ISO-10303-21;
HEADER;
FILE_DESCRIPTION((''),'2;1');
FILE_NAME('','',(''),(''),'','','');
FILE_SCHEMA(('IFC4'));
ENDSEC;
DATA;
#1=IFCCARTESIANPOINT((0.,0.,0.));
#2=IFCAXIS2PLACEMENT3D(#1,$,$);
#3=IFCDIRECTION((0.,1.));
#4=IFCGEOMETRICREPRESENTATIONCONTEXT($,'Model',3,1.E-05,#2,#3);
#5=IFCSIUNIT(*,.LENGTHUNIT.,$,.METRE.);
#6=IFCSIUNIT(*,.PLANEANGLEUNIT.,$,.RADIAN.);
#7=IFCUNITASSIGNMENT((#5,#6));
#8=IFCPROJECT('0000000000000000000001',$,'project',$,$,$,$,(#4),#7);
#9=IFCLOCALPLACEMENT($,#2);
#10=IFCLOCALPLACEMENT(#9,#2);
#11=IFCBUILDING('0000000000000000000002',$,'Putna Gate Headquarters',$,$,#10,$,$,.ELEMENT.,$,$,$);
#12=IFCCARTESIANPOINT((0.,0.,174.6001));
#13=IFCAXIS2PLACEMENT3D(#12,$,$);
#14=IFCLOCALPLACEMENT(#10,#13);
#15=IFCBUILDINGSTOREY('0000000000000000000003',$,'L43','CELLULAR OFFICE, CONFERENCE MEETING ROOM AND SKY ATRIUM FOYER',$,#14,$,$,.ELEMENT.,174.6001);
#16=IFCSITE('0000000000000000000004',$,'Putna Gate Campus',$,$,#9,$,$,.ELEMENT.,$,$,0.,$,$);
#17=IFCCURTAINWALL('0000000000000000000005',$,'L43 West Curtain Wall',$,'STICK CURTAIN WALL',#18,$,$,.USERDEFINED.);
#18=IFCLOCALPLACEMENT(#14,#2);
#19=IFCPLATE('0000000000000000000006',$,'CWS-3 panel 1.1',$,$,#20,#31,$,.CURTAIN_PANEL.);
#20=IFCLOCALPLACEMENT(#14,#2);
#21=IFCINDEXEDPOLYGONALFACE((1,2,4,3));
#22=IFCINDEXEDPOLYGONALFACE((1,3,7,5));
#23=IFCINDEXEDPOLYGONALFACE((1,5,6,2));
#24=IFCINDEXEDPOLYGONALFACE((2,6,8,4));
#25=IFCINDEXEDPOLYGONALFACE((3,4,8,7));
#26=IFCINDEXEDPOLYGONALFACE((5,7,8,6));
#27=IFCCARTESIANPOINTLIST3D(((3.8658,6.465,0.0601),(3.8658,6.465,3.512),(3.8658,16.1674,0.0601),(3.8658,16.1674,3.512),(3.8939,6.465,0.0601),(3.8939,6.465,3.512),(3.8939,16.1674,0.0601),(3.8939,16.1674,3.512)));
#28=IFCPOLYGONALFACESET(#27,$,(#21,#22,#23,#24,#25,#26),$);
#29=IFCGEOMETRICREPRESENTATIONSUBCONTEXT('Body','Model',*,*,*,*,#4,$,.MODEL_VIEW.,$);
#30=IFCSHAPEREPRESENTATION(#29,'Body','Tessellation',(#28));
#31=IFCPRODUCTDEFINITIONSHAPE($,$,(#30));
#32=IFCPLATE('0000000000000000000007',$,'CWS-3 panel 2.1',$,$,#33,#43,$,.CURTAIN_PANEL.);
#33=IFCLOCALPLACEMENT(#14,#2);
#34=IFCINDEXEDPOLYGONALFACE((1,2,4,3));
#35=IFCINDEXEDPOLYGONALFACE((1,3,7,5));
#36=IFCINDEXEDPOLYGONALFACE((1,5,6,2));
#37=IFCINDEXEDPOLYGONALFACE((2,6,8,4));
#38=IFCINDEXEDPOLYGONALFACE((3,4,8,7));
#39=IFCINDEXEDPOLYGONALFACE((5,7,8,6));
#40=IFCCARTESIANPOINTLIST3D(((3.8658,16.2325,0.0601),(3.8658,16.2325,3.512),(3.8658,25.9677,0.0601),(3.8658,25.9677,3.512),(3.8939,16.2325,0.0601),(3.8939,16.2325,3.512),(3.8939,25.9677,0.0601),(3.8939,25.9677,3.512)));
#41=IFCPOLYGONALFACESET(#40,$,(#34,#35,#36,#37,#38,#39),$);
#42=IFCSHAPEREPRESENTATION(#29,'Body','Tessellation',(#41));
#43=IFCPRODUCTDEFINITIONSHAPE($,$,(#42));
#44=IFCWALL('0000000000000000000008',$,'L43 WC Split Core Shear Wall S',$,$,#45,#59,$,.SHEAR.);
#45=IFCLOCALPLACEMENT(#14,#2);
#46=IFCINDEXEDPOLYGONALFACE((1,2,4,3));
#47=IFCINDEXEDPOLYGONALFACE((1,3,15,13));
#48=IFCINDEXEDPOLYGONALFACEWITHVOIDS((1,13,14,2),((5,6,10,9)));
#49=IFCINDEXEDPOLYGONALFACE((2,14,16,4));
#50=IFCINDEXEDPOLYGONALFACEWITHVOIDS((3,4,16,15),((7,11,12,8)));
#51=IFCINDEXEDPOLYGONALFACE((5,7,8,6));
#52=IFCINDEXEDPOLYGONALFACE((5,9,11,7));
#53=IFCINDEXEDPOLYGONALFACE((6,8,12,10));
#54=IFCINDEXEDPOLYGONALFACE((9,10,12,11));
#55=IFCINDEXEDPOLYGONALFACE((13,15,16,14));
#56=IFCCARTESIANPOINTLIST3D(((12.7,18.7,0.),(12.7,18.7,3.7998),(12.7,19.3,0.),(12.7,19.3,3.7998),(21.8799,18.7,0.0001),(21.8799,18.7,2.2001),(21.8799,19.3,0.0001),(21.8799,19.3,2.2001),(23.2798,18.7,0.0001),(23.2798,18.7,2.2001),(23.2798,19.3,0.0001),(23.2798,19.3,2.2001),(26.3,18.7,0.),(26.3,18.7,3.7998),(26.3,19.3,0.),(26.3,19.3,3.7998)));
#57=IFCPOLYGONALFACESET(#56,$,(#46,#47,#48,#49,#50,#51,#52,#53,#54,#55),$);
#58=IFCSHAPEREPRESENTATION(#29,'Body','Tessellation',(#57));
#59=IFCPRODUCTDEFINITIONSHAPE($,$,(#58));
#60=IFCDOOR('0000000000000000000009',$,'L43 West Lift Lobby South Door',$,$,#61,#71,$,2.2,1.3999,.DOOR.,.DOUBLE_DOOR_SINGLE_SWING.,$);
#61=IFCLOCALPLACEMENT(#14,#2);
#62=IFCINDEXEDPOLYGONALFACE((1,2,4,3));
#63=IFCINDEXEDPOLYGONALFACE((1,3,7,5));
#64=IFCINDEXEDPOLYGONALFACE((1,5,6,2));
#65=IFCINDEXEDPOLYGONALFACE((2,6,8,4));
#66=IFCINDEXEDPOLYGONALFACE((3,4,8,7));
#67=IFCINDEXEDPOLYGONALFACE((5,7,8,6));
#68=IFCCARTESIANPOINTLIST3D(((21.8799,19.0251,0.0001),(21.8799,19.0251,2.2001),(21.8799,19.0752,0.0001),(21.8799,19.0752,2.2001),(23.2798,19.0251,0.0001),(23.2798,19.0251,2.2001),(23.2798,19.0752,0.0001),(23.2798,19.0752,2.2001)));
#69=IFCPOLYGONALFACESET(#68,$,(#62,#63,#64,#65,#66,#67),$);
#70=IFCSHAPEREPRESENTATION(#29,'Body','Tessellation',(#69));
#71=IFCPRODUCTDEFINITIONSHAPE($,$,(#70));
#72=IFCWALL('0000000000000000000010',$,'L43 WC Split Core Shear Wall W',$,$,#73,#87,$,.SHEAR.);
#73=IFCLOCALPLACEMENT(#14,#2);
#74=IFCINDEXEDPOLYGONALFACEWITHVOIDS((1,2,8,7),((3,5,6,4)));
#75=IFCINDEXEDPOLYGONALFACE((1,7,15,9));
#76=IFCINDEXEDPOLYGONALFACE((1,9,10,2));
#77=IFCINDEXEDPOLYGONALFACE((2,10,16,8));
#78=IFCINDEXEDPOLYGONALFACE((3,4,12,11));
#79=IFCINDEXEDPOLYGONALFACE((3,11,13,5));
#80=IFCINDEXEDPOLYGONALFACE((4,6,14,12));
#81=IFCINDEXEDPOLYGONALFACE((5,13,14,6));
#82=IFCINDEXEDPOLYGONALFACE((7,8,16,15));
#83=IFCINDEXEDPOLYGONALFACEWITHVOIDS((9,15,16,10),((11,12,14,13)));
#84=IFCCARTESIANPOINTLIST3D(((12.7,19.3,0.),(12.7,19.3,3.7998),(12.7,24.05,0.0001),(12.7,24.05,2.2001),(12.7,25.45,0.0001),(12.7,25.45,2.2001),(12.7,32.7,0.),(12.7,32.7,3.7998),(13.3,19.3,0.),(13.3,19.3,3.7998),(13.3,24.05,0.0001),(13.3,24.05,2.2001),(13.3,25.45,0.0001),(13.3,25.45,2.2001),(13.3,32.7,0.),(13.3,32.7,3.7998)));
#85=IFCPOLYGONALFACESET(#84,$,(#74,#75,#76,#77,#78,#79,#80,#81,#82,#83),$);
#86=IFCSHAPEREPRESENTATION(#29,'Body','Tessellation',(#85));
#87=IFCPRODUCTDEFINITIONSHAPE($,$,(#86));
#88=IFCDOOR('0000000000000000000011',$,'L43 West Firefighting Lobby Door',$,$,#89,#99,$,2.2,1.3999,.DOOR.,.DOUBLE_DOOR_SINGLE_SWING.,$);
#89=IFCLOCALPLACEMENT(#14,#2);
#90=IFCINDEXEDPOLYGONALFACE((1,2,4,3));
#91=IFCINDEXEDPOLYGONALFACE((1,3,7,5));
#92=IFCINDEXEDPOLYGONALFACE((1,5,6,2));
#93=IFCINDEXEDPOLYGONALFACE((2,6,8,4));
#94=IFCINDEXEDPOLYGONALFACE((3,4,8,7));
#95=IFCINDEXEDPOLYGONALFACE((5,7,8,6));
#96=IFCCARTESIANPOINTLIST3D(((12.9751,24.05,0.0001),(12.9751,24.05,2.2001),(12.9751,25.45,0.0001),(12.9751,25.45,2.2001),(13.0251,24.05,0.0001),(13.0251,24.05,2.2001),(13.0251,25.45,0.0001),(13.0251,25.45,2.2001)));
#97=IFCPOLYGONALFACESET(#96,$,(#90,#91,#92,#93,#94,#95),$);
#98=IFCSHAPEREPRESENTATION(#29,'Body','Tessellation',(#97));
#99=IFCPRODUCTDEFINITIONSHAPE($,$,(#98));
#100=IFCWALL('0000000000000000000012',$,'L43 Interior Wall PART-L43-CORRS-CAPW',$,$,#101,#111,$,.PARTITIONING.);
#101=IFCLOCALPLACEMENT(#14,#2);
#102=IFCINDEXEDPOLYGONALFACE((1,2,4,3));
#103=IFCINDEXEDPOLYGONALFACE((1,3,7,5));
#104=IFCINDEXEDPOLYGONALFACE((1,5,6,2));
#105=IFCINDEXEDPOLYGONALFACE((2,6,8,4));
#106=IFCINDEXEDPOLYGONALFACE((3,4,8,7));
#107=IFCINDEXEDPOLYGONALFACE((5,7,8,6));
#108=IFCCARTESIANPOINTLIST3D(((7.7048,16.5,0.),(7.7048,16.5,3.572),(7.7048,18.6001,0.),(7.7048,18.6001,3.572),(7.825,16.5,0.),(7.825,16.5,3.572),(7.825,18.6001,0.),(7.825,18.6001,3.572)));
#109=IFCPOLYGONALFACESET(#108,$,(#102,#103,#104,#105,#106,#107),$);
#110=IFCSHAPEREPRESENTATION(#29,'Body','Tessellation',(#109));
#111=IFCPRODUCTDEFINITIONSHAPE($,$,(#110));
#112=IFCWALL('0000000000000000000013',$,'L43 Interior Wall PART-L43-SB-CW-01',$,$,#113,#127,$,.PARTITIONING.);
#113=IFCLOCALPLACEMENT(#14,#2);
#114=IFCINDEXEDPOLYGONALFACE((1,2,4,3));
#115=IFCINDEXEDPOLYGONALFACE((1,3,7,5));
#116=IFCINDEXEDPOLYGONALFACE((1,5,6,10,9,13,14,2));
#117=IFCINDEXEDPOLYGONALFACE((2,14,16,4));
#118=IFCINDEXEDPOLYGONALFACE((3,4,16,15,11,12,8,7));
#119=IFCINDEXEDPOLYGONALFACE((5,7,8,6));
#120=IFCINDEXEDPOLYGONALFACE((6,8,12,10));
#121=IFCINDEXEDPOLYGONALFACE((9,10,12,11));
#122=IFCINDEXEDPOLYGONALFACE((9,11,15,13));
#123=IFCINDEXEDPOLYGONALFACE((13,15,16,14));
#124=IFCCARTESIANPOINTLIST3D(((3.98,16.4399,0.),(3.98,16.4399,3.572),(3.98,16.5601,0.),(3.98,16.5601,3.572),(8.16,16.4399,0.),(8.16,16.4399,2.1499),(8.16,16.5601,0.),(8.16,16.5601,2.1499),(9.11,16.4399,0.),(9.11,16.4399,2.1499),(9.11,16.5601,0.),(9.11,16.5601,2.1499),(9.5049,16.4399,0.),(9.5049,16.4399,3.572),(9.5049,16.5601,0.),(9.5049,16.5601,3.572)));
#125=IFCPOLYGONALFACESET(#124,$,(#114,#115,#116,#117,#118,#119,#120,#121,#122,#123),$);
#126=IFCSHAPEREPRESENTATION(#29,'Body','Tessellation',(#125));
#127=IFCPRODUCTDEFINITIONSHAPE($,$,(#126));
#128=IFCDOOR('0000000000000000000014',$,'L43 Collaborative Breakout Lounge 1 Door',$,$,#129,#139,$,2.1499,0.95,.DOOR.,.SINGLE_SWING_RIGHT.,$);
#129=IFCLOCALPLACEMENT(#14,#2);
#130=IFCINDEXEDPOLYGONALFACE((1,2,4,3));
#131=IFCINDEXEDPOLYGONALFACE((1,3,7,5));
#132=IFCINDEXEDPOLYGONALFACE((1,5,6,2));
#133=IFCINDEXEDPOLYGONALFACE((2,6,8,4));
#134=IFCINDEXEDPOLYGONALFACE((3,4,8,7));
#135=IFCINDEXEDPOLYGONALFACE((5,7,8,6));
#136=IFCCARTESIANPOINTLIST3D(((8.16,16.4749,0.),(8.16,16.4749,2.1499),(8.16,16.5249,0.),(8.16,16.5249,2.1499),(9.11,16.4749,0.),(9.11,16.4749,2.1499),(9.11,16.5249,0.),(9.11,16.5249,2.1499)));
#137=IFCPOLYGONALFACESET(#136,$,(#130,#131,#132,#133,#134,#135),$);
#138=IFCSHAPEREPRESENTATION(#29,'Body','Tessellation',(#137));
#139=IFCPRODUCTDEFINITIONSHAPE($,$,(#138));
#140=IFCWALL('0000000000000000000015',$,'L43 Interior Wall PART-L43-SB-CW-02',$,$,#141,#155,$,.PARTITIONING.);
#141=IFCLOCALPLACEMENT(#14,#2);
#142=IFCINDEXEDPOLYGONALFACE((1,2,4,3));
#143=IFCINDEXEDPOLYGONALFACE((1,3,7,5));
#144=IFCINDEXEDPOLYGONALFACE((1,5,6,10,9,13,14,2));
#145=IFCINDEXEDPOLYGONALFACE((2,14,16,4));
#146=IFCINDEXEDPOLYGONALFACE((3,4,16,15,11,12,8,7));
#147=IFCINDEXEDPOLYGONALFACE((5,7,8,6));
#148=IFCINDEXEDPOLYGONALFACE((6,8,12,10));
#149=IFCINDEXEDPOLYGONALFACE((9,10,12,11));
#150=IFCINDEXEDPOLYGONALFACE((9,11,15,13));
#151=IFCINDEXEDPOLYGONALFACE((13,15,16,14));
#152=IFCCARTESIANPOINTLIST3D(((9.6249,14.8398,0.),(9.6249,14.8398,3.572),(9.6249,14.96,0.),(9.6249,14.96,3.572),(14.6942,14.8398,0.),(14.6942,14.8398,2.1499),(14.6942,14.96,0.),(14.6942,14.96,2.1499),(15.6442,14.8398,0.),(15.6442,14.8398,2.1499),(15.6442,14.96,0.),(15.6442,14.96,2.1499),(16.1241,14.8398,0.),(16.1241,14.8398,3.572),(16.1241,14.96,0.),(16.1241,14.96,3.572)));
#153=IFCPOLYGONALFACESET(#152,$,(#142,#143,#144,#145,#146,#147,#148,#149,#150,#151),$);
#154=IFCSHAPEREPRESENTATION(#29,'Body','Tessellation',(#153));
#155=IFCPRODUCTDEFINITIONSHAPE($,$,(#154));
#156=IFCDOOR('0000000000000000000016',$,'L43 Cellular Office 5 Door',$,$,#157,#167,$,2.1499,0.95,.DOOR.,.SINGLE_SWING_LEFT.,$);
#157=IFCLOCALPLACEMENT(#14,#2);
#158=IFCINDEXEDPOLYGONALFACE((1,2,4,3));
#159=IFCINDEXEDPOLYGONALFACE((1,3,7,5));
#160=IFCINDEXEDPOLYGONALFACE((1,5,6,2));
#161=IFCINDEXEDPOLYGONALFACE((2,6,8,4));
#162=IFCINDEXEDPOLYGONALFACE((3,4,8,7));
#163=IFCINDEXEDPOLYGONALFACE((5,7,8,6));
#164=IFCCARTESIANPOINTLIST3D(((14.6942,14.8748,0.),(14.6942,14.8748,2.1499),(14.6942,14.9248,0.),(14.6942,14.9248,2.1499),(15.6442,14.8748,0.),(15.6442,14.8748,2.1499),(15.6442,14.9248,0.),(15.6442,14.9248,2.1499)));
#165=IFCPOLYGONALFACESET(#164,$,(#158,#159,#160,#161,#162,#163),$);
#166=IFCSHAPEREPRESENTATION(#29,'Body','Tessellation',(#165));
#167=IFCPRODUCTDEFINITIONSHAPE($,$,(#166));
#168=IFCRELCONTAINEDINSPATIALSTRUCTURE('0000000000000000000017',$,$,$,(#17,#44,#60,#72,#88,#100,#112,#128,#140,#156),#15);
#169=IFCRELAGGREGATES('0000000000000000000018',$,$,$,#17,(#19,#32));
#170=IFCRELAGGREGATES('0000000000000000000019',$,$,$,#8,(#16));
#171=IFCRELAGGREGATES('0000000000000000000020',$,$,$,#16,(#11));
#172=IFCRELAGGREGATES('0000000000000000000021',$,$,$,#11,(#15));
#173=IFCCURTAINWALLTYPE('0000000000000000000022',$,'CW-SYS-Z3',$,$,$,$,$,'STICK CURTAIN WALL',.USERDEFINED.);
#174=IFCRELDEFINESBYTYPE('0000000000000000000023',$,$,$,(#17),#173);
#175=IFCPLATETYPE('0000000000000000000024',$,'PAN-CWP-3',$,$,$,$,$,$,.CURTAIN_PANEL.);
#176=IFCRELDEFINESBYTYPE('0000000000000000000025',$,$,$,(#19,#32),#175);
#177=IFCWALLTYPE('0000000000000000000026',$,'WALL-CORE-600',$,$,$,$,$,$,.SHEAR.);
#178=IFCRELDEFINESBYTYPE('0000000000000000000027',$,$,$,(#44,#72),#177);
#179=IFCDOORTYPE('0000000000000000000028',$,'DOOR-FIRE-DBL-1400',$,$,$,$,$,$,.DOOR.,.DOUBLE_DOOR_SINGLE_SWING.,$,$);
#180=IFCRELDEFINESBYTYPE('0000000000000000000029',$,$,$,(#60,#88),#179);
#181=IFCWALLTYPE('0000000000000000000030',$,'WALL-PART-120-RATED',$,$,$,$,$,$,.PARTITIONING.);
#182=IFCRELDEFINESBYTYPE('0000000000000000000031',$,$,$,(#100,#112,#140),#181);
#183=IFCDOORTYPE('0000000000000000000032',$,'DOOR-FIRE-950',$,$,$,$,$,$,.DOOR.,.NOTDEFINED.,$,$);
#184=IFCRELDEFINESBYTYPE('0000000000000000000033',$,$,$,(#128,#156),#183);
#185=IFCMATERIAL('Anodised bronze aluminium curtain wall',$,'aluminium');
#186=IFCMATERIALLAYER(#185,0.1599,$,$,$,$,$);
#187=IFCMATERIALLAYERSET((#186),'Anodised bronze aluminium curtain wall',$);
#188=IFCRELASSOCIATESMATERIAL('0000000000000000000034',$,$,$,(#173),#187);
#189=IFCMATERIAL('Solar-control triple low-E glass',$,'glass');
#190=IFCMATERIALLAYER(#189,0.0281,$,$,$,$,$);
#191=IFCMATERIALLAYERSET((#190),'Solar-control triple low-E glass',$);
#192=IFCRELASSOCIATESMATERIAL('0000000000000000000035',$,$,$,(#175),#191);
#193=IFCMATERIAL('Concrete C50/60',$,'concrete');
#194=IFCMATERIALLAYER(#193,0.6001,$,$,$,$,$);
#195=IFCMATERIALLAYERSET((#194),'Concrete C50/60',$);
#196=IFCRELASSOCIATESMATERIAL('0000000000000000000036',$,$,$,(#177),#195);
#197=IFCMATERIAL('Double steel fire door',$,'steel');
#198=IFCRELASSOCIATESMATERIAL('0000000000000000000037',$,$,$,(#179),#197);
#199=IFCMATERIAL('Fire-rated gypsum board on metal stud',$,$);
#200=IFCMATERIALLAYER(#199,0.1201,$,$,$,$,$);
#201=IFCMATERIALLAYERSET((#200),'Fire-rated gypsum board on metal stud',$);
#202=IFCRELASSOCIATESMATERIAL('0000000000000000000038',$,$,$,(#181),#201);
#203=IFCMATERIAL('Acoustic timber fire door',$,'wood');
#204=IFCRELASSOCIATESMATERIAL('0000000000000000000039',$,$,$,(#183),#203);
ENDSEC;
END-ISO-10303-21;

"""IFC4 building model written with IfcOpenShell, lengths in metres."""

from ifc_helpers import new_model, si_unit, direction, frame, frame_2d, origin, origin_2d, place, context, subcontext, project, spatial, rectangle, extrude, material, layer, layer_set, type_object, element, fill, aggregate, save


model = new_model("IFC4")

# Units and contexts
model_context = context("Model", 3, precision=1e-05, world=origin(), true_north=direction((0.0, 1.0)))
body_context = subcontext(model_context, "Body", "Model", "MODEL_VIEW")
ifc_project = project(units=[si_unit("LENGTHUNIT", "METRE"), si_unit("PLANEANGLEUNIT", "RADIAN")], contexts=[model_context])

# Site, building, storey
site_placement = place(None, origin())
site = spatial("IfcSite", under=ifc_project, at=site_placement, Name="Putna Gate Campus", CompositionType="ELEMENT", RefElevation=0.0)
building_placement = place(site_placement, origin())
building = spatial("IfcBuilding", under=site, at=building_placement, Name="Putna Gate Headquarters", CompositionType="ELEMENT")
storey_placement = place(building_placement, frame((0.0, 0.0, 174.6001)))
storey = spatial("IfcBuildingStorey", under=building, at=storey_placement, Name="L43", Description="CELLULAR OFFICE, CONFERENCE MEETING ROOM AND SKY ATRIUM FOYER", CompositionType="ELEMENT", Elevation=174.6001)

# Shared definitions
ifc_material_1 = material(Name="Concrete C50/60", Category="concrete")

# Curtain wall, plates
ifc_material_2 = material(Name="Anodised bronze aluminium curtain wall", Category="aluminium")
ifc_layer_1 = layer(ifc_material_2, 0.1599)
ifc_layer_set_1 = layer_set([ifc_layer_1], Name="Anodised bronze aluminium curtain wall")
curtain_wall_type = type_object("IfcCurtainWallType", Name="CW-SYS-Z3", ElementType="STICK CURTAIN WALL", PredefinedType="USERDEFINED", material=ifc_layer_set_1)
curtain_wall_placement = place(storey_placement, origin())
curtain_wall = element("IfcCurtainWall", 1, at=curtain_wall_placement, inside=storey, type_object=curtain_wall_type, Name="L43 West Curtain Wall", ObjectType="STICK CURTAIN WALL", PredefinedType="USERDEFINED")
ifc_material_3 = material(Name="Solar-control triple low-E glass", Category="glass")
ifc_layer_2 = layer(ifc_material_3, 0.0281)
ifc_layer_set_2 = layer_set([ifc_layer_2], Name="Solar-control triple low-E glass")
plate_type = type_object("IfcPlateType", Name="PAN-CWP-3", PredefinedType="CURTAIN_PANEL", material=ifc_layer_set_2)
plate_1_placement = place(storey_placement, frame((3.8799, 11.3162, 0.0601), z_axis=(0.0, 0.0, 1.0), x_axis=(0.0, 1.0, 0.0)))
plate_1 = element("IfcPlate", 2, at=plate_1_placement, type_object=plate_type, Name="CWS-3 panel 1.1", PredefinedType="CURTAIN_PANEL", context=body_context, shape_type="SweptSolid", body=[
    extrude(rectangle(XDim=9.7024, YDim=0.0281, at=origin_2d()), origin(), (0.0, 0.0, 1.0), 3.4519),
])
plate_2_placement = place(storey_placement, frame((3.8799, 21.1001, 0.0601), z_axis=(0.0, 0.0, 1.0), x_axis=(0.0, 1.0, 0.0)))
plate_2 = element("IfcPlate", 3, at=plate_2_placement, type_object=plate_type, Name="CWS-3 panel 2.1", PredefinedType="CURTAIN_PANEL", context=body_context, shape_type="SweptSolid", body=[
    extrude(rectangle(XDim=9.7351, YDim=0.0281, at=origin_2d()), origin(), (0.0, 0.0, 1.0), 3.4519),
])
aggregate(curtain_wall, [plate_1, plate_2])

# Walls, openings, doors
ifc_layer_3 = layer(ifc_material_1, 0.6001)
ifc_layer_set_3 = layer_set([ifc_layer_3], Name="Concrete C50/60")
wall_type_1 = type_object("IfcWallType", Name="WALL-CORE-600", PredefinedType="SHEAR", material=ifc_layer_set_3)
wall_1_placement = place(storey_placement, frame((12.7, 19.0, 0.0), z_axis=(0.0, 0.0, 1.0), x_axis=(1.0, 0.0, 0.0)))
wall_1 = element("IfcWall", 4, at=wall_1_placement, inside=storey, type_object=wall_type_1, Name="L43 WC Split Core Shear Wall S", PredefinedType="SHEAR", context=body_context, shape_type="SweptSolid", body=[
    extrude(rectangle(XDim=13.6001, YDim=0.6001, at=frame_2d((6.8, 0.0))), origin(), (0.0, 0.0, 1.0), 3.7998),
])
opening_1_placement = place(wall_1_placement, frame((9.1799, 0.0, 0.0)))
opening_1 = element("IfcOpeningElement", 5, at=opening_1_placement, cuts=wall_1, PredefinedType="OPENING", context=body_context, shape_type="SweptSolid", body=[
    extrude(rectangle(XDim=1.3999, YDim=2.2, at=frame_2d((0.7, 1.1001))), frame((0.0, 0.3101, 0.0), z_axis=(0.0, -1.0, 0.0), x_axis=(1.0, 0.0, 0.0)), (0.0, 0.0, 1.0), 0.6201),
])
ifc_material_4 = material(Name="Double steel fire door", Category="steel")
door_type_1 = type_object("IfcDoorType", Name="DOOR-FIRE-DBL-1400", OperationType="DOUBLE_DOOR_SINGLE_SWING", PredefinedType="DOOR", material=ifc_material_4)
door_1_placement = place(opening_1_placement, origin())
door_1 = element("IfcDoor", 6, at=door_1_placement, inside=storey, type_object=door_type_1, Name="L43 West Lift Lobby South Door", OperationType="DOUBLE_DOOR_SINGLE_SWING", OverallHeight=2.2, OverallWidth=1.3999, PredefinedType="DOOR", context=body_context, shape_type="SweptSolid", body=[
    extrude(rectangle(XDim=1.3999, YDim=2.2, at=frame_2d((0.7, 1.1001))), frame((0.0, 0.0752, 0.0), z_axis=(0.0, -1.0, 0.0), x_axis=(1.0, 0.0, 0.0)), (0.0, 0.0, 1.0), 0.05),
])
fill(opening_1, door_1)
wall_2_placement = place(storey_placement, frame((13.0, 19.3, 0.0), z_axis=(0.0, 0.0, 1.0), x_axis=(0.0, 1.0, 0.0)))
wall_2 = element("IfcWall", 7, at=wall_2_placement, inside=storey, type_object=wall_type_1, Name="L43 WC Split Core Shear Wall W", PredefinedType="SHEAR", context=body_context, shape_type="SweptSolid", body=[
    extrude(rectangle(XDim=13.3999, YDim=0.6001, at=frame_2d((6.7, 0.0))), origin(), (0.0, 0.0, 1.0), 3.7998),
])
opening_2_placement = place(wall_2_placement, frame((4.75, 0.0, 0.0)))
opening_2 = element("IfcOpeningElement", 8, at=opening_2_placement, cuts=wall_2, PredefinedType="OPENING", context=body_context, shape_type="SweptSolid", body=[
    extrude(rectangle(XDim=1.3999, YDim=2.2, at=frame_2d((0.7, 1.1001))), frame((0.0, 0.3101, 0.0), z_axis=(0.0, -1.0, 0.0), x_axis=(1.0, 0.0, 0.0)), (0.0, 0.0, 1.0), 0.6201),
])
door_2_placement = place(opening_2_placement, origin())
door_2 = element("IfcDoor", 9, at=door_2_placement, inside=storey, type_object=door_type_1, Name="L43 West Firefighting Lobby Door", OperationType="DOUBLE_DOOR_SINGLE_SWING", OverallHeight=2.2, OverallWidth=1.3999, PredefinedType="DOOR", context=body_context, shape_type="SweptSolid", body=[
    extrude(rectangle(XDim=1.3999, YDim=2.2, at=frame_2d((0.7, 1.1001))), frame((0.0, 0.0249, 0.0), z_axis=(0.0, -1.0, 0.0), x_axis=(1.0, 0.0, 0.0)), (0.0, 0.0, 1.0), 0.05),
])
fill(opening_2, door_2)

# Wall
ifc_material_5 = material(Name="Fire-rated gypsum board on metal stud")
ifc_layer_4 = layer(ifc_material_5, 0.1201)
ifc_layer_set_4 = layer_set([ifc_layer_4], Name="Fire-rated gypsum board on metal stud")
wall_type_2 = type_object("IfcWallType", Name="WALL-PART-120-RATED", PredefinedType="PARTITIONING", material=ifc_layer_set_4)
wall_3_placement = place(storey_placement, frame((7.7649, 16.5, 0.0), z_axis=(0.0, 0.0, 1.0), x_axis=(0.0, 1.0, 0.0)))
element("IfcWall", 10, at=wall_3_placement, inside=storey, type_object=wall_type_2, Name="L43 Interior Wall PART-L43-CORRS-CAPW", PredefinedType="PARTITIONING", context=body_context, shape_type="SweptSolid", body=[
    extrude(rectangle(XDim=2.1001, YDim=0.1201, at=frame_2d((1.05, 0.0))), origin(), (0.0, 0.0, 1.0), 3.572),
])

# Walls, openings, doors
wall_4_placement = place(storey_placement, frame((3.98, 16.5, 0.0), z_axis=(0.0, 0.0, 1.0), x_axis=(1.0, 0.0, 0.0)))
wall_4 = element("IfcWall", 11, at=wall_4_placement, inside=storey, type_object=wall_type_2, Name="L43 Interior Wall PART-L43-SB-CW-01", PredefinedType="PARTITIONING", context=body_context, shape_type="SweptSolid", body=[
    extrude(rectangle(XDim=5.5249, YDim=0.1201, at=frame_2d((2.7625, 0.0))), origin(), (0.0, 0.0, 1.0), 3.572),
])
opening_3_placement = place(wall_4_placement, frame((4.1799, 0.0, 0.0)))
opening_3 = element("IfcOpeningElement", 12, at=opening_3_placement, cuts=wall_4, PredefinedType="OPENING", context=body_context, shape_type="SweptSolid", body=[
    extrude(rectangle(XDim=0.95, YDim=2.1499, at=frame_2d((0.4751, 1.075))), frame((0.0, 0.0701, 0.0), z_axis=(0.0, -1.0, 0.0), x_axis=(1.0, 0.0, 0.0)), (0.0, 0.0, 1.0), 0.1401),
])
ifc_material_6 = material(Name="Acoustic timber fire door", Category="wood")
door_type_2 = type_object("IfcDoorType", Name="DOOR-FIRE-950", OperationType="NOTDEFINED", PredefinedType="DOOR", material=ifc_material_6)
door_3_placement = place(opening_3_placement, origin())
door_3 = element("IfcDoor", 13, at=door_3_placement, inside=storey, type_object=door_type_2, Name="L43 Collaborative Breakout Lounge 1 Door", OperationType="SINGLE_SWING_RIGHT", OverallHeight=2.1499, OverallWidth=0.95, PredefinedType="DOOR", context=body_context, shape_type="SweptSolid", body=[
    extrude(rectangle(XDim=0.95, YDim=2.1499, at=frame_2d((0.4751, 1.075))), frame((0.0, 0.0249, 0.0), z_axis=(0.0, -1.0, 0.0), x_axis=(1.0, 0.0, 0.0)), (0.0, 0.0, 1.0), 0.05),
])
fill(opening_3, door_3)
wall_5_placement = place(storey_placement, frame((9.625, 14.8999, 0.0), z_axis=(0.0, 0.0, 1.0), x_axis=(1.0, 0.0, 0.0)))
wall_5 = element("IfcWall", 14, at=wall_5_placement, inside=storey, type_object=wall_type_2, Name="L43 Interior Wall PART-L43-SB-CW-02", PredefinedType="PARTITIONING", context=body_context, shape_type="SweptSolid", body=[
    extrude(rectangle(XDim=6.4993, YDim=0.1201, at=frame_2d((3.2495, 0.0))), origin(), (0.0, 0.0, 1.0), 3.572),
])
opening_4_placement = place(wall_5_placement, frame((5.0691, 0.0, 0.0)))
opening_4 = element("IfcOpeningElement", 15, at=opening_4_placement, cuts=wall_5, PredefinedType="OPENING", context=body_context, shape_type="SweptSolid", body=[
    extrude(rectangle(XDim=0.95, YDim=2.1499, at=frame_2d((0.4751, 1.075))), frame((0.0, 0.0701, 0.0), z_axis=(0.0, -1.0, 0.0), x_axis=(1.0, 0.0, 0.0)), (0.0, 0.0, 1.0), 0.1401),
])
door_4_placement = place(opening_4_placement, origin())
door_4 = element("IfcDoor", 16, at=door_4_placement, inside=storey, type_object=door_type_2, Name="L43 Cellular Office 5 Door", OperationType="SINGLE_SWING_LEFT", OverallHeight=2.1499, OverallWidth=0.95, PredefinedType="DOOR", context=body_context, shape_type="SweptSolid", body=[
    extrude(rectangle(XDim=0.95, YDim=2.1499, at=frame_2d((0.4751, 1.075))), frame((0.0, 0.0249, 0.0), z_axis=(0.0, -1.0, 0.0), x_axis=(1.0, 0.0, 0.0)), (0.0, 0.0, 1.0), 0.05),
])
fill(opening_4, door_4)

save(model, "model.ifc")
